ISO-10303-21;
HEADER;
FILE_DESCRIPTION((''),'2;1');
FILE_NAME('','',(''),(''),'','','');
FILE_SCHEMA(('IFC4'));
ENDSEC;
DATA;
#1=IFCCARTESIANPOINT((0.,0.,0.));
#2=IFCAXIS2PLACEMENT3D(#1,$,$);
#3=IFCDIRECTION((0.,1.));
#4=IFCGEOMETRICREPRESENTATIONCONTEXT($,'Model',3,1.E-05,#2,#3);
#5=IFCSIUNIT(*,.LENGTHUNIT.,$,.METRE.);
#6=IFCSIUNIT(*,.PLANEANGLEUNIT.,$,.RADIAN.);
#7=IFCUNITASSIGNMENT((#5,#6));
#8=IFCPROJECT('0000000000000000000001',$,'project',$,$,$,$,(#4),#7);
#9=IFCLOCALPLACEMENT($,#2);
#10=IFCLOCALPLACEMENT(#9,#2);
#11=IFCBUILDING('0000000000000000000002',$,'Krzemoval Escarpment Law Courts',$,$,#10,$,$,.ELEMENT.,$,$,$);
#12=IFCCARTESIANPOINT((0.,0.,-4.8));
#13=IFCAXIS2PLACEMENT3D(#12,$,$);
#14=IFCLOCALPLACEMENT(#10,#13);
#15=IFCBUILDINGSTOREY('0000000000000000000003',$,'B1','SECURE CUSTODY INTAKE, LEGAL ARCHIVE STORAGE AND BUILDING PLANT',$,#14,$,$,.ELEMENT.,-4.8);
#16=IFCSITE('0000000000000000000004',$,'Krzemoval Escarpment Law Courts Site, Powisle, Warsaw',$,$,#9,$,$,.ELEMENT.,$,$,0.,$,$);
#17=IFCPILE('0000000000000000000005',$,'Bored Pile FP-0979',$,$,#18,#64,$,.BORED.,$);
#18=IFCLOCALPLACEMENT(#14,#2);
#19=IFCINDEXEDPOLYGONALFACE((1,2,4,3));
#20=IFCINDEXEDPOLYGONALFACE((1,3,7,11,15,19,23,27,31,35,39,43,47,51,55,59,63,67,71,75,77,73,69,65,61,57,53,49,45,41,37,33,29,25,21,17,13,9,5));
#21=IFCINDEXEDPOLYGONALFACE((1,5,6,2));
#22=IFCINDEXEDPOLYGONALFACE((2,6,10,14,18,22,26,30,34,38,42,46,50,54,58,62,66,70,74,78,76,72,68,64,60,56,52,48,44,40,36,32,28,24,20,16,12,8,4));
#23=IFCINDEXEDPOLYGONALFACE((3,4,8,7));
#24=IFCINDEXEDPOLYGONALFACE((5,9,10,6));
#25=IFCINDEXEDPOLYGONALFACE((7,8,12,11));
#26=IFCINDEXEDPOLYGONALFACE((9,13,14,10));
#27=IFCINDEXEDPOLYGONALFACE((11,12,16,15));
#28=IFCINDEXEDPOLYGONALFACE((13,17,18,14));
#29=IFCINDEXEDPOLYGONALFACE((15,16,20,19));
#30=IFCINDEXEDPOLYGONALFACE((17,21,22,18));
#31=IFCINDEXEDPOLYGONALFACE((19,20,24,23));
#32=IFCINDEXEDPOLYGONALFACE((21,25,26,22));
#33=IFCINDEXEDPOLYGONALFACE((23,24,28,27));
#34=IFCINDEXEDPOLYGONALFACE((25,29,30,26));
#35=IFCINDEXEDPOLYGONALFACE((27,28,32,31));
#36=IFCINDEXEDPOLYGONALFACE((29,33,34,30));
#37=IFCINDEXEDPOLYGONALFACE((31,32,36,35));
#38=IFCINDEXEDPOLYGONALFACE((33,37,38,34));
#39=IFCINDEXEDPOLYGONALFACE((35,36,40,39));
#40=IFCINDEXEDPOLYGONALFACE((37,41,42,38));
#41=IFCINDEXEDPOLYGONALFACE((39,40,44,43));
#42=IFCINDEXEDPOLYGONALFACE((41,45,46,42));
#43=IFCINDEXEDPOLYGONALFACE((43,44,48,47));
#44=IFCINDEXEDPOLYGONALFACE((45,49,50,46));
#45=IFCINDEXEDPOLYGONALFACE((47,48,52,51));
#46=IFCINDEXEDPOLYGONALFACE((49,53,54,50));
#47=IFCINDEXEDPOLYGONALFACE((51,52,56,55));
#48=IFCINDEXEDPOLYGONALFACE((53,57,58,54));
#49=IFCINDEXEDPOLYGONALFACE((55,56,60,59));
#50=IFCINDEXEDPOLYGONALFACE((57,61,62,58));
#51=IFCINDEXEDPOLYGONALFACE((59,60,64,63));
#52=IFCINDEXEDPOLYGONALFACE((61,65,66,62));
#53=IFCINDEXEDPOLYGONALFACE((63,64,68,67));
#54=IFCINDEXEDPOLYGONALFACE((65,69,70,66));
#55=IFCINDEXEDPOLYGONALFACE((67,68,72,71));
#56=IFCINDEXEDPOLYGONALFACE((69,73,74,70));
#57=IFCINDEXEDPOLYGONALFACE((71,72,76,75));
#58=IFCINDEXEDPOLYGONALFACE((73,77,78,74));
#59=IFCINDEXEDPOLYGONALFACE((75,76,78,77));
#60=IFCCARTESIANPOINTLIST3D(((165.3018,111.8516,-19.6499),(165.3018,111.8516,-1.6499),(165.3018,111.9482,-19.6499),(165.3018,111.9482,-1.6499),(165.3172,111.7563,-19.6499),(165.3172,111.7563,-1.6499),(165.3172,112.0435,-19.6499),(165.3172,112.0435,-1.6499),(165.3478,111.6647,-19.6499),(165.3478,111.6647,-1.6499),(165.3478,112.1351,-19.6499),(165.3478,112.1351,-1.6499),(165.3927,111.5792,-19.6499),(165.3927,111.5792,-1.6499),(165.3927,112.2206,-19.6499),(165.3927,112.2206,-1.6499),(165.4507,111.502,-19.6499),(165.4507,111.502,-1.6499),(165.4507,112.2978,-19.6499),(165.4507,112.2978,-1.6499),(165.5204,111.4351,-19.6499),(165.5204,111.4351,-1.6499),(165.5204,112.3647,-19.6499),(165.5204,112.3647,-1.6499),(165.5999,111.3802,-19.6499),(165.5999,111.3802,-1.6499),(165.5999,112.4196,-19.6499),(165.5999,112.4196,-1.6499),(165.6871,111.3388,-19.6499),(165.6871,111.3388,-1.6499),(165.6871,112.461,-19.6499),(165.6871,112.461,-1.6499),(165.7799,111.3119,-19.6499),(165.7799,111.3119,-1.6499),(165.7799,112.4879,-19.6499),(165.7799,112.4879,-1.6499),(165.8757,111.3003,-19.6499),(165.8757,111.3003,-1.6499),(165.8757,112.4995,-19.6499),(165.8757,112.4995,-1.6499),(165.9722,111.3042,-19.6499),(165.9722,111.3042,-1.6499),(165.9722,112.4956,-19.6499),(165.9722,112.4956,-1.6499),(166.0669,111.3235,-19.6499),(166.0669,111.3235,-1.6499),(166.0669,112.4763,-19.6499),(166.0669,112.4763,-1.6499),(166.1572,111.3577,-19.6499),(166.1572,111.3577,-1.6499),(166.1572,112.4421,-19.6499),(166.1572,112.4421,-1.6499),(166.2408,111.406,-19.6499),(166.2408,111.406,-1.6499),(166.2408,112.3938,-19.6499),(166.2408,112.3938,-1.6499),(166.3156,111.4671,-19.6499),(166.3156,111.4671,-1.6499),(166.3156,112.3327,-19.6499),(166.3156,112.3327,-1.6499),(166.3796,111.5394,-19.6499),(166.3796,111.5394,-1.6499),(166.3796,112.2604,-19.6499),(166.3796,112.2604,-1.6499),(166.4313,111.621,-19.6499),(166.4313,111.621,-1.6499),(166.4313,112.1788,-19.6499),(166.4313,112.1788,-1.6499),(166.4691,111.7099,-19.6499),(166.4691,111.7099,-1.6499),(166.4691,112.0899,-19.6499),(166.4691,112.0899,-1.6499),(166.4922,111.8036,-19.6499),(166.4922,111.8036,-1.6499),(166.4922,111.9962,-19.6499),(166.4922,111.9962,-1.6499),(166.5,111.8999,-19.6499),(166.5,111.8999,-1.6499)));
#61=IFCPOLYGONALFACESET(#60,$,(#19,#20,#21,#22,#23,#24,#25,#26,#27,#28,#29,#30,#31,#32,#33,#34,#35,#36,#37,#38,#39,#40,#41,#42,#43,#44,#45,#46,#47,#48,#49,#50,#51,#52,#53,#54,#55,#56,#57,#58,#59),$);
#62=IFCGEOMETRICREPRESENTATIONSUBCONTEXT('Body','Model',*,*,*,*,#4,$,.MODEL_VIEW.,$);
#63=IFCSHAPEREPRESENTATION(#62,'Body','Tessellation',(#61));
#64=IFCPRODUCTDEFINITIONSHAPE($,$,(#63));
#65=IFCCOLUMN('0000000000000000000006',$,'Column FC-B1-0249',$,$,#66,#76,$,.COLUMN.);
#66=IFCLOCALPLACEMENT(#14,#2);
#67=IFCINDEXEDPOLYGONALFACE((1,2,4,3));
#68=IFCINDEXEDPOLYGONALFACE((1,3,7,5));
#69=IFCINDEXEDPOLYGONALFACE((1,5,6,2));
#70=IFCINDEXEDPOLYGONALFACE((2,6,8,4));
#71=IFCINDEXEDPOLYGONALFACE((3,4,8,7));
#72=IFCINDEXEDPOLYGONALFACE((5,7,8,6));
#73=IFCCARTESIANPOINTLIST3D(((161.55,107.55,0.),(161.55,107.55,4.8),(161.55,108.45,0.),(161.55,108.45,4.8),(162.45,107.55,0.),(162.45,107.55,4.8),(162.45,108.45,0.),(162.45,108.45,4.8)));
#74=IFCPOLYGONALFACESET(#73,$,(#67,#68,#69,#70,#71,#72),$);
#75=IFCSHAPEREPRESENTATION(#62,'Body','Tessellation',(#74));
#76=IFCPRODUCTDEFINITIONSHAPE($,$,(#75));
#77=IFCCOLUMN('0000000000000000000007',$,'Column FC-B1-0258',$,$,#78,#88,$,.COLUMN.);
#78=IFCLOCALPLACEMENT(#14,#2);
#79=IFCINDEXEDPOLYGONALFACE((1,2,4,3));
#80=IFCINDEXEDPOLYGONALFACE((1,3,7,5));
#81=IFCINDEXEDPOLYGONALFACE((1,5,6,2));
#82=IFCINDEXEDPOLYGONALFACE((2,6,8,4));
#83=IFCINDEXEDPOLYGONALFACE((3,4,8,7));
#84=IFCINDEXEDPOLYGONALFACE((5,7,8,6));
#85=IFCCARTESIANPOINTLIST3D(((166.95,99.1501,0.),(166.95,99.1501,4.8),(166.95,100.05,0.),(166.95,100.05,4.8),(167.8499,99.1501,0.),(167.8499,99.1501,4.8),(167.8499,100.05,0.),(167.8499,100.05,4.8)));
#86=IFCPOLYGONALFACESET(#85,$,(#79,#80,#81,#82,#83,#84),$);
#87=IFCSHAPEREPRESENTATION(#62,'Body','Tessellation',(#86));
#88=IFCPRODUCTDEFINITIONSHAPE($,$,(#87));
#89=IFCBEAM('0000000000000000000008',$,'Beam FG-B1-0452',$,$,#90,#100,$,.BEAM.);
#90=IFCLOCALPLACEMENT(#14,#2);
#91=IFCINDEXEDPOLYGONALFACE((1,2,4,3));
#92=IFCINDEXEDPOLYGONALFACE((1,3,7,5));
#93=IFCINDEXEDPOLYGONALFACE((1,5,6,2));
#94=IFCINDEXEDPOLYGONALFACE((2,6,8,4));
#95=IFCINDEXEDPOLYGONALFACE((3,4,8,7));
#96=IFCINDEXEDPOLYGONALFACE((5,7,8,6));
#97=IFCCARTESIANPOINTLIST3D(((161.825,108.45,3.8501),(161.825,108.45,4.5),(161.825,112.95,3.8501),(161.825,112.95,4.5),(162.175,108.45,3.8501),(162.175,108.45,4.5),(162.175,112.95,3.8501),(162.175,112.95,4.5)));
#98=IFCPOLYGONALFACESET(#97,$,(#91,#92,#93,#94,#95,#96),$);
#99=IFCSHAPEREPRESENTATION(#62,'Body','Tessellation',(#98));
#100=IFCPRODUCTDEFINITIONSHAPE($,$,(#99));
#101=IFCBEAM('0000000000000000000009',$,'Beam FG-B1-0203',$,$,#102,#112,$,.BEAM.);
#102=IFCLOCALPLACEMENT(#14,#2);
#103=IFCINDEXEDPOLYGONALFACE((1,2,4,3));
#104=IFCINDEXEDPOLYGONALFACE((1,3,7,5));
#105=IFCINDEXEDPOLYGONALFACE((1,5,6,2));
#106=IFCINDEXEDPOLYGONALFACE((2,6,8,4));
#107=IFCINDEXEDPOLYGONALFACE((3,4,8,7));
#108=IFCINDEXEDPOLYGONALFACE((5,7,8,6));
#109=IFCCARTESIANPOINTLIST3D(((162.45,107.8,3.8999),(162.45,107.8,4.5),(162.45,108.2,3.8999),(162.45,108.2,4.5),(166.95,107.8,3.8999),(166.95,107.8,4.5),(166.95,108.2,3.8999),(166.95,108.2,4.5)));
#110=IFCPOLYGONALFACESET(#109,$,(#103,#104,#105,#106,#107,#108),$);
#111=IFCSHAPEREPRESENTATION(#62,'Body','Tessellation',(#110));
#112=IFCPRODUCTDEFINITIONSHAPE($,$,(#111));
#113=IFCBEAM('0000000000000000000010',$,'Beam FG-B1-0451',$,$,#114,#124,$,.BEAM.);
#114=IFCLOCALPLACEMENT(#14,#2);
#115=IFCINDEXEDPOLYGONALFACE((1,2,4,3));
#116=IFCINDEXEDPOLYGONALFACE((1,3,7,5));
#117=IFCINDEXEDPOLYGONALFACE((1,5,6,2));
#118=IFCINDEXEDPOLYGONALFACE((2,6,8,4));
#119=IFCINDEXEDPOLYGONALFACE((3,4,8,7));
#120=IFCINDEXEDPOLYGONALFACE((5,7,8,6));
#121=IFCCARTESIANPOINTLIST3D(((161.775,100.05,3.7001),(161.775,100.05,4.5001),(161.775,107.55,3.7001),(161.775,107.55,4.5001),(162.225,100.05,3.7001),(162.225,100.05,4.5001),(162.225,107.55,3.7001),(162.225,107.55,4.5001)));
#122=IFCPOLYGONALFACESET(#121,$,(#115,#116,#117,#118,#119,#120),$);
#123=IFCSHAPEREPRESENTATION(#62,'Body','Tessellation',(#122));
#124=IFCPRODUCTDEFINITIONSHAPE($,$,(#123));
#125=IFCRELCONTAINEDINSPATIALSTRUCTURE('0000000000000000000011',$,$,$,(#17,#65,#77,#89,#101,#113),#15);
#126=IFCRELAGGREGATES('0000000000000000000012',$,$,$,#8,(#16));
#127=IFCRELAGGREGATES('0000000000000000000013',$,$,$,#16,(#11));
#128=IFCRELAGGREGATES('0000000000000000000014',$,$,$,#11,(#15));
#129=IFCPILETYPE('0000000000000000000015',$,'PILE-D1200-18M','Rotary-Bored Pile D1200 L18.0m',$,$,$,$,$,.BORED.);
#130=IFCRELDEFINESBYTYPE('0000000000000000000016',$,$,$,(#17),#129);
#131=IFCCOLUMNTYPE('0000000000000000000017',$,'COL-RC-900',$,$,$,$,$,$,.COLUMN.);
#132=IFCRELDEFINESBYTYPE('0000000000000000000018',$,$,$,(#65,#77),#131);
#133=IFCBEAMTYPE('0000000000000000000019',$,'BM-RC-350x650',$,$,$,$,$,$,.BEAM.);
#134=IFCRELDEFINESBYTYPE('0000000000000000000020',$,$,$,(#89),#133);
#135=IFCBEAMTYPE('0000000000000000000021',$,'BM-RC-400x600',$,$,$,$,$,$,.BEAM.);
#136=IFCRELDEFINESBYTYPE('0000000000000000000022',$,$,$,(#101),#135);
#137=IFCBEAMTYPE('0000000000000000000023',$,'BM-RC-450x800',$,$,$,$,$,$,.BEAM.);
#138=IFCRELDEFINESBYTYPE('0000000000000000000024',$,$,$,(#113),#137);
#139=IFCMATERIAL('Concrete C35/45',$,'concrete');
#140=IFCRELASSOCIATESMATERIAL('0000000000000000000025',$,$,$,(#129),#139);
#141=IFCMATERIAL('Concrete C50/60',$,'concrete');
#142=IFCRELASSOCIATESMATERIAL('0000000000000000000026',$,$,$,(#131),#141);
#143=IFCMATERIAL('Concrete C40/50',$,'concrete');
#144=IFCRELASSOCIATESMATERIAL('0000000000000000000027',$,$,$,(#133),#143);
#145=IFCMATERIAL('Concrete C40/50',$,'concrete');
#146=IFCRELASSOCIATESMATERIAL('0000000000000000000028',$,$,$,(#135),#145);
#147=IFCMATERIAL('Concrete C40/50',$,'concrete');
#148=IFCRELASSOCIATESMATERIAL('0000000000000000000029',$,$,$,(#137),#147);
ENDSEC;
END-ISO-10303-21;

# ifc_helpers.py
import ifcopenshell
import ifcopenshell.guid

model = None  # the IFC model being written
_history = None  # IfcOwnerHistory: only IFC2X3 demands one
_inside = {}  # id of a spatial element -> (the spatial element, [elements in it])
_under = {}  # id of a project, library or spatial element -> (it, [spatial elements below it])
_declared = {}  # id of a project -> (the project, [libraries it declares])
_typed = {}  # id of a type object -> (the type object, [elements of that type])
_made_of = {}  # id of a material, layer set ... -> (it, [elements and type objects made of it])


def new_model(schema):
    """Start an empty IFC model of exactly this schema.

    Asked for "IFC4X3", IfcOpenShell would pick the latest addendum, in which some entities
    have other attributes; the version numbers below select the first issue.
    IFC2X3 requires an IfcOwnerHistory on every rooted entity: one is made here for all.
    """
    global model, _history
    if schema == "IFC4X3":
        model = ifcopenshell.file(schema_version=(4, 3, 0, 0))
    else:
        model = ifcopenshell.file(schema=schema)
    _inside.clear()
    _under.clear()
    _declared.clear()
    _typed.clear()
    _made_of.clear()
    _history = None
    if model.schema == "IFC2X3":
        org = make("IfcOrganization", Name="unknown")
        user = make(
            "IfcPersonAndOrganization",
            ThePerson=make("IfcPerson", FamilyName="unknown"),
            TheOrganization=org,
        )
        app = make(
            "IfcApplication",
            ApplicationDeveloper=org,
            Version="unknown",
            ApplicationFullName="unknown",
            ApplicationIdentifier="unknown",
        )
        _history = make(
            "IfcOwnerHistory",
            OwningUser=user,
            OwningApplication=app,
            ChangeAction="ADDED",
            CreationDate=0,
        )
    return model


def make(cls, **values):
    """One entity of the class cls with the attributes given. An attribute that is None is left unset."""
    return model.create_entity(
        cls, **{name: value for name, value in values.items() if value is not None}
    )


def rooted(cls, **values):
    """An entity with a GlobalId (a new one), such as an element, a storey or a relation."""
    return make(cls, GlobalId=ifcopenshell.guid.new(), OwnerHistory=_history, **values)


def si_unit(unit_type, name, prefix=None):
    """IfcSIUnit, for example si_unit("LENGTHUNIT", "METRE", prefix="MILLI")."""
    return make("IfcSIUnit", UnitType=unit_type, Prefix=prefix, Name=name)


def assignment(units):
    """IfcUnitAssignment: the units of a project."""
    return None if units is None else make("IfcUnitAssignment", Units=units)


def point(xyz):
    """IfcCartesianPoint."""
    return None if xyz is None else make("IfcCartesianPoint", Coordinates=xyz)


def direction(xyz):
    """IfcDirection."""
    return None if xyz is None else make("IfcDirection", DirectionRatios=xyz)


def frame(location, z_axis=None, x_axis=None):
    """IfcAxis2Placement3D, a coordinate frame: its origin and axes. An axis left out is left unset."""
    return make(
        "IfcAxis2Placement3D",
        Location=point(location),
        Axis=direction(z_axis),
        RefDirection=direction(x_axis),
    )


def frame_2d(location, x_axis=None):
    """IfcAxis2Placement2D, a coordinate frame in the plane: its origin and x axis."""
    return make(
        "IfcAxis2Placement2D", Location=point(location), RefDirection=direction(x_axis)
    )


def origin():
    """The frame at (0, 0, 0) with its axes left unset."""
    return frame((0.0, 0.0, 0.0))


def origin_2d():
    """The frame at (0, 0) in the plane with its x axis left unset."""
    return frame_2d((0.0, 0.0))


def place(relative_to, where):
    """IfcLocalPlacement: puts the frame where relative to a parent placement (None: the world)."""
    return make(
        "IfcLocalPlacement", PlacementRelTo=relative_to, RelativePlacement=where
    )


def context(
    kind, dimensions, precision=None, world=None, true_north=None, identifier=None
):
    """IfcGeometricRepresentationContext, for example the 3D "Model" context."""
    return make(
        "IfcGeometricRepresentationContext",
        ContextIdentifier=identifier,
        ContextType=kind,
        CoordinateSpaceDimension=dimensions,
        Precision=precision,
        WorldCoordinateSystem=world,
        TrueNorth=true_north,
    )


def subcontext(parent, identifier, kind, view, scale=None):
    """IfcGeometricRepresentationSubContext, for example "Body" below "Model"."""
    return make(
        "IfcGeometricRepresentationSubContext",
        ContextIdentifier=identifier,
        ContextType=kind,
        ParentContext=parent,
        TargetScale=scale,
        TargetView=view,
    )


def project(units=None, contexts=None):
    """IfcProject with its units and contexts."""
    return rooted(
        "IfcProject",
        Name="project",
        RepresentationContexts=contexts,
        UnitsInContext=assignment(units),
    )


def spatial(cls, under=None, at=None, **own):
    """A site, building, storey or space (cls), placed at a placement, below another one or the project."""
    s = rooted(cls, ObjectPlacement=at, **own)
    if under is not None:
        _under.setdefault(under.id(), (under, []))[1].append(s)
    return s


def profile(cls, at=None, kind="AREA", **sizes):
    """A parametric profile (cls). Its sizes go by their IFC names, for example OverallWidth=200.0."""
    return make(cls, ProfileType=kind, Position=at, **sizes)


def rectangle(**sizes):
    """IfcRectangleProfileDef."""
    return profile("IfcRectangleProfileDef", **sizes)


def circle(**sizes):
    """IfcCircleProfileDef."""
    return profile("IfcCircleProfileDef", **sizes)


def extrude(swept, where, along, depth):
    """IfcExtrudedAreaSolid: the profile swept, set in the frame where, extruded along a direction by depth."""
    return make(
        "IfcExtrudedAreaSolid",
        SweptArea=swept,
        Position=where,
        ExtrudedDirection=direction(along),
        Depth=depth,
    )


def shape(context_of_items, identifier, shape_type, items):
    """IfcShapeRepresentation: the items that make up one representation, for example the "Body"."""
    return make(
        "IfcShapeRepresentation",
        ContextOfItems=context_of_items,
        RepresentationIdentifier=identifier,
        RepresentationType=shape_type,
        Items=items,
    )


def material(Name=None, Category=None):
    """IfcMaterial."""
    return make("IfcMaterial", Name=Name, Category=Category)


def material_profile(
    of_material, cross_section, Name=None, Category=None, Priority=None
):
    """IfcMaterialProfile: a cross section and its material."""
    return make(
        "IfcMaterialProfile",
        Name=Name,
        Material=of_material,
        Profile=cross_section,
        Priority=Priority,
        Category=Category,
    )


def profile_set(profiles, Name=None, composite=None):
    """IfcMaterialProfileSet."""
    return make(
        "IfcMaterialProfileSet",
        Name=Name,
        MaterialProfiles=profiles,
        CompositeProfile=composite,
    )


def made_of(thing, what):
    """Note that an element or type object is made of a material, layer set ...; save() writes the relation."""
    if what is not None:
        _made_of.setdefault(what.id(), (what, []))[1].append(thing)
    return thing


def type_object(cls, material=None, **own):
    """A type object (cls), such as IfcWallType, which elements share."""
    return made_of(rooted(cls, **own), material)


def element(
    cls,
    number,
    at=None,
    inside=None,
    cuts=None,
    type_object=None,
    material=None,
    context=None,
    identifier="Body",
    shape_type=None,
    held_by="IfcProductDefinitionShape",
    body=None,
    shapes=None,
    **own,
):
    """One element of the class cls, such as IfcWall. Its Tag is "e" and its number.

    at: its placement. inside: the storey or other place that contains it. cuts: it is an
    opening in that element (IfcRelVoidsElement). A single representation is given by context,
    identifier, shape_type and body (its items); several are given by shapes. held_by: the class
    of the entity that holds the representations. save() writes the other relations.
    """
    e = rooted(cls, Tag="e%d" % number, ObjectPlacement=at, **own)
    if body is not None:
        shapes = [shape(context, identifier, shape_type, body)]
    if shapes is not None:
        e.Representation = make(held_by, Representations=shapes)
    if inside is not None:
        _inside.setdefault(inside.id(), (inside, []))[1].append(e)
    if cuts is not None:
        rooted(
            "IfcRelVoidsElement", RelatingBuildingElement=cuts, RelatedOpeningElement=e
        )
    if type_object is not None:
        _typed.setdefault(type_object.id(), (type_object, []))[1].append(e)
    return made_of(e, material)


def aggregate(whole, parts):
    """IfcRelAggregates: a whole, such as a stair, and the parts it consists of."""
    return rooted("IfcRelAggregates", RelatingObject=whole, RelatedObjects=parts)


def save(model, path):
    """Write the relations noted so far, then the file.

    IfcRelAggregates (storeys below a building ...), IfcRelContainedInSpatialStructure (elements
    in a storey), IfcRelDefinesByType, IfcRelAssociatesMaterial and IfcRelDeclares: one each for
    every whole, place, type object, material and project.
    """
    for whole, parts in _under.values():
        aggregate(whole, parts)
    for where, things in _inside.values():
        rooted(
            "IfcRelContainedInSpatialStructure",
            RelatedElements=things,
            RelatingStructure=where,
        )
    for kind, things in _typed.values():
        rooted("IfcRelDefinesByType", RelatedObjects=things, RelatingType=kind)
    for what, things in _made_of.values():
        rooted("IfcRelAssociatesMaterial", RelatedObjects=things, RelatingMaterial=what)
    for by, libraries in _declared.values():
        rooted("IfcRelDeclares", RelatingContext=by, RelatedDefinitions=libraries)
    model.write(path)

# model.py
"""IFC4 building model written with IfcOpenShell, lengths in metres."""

from ifc_helpers import new_model, si_unit, direction, frame, origin, origin_2d, place, context, subcontext, project, spatial, rectangle, circle, extrude, material, material_profile, profile_set, type_object, element, save


model = new_model("IFC4")

# Units and contexts
model_context = context("Model", 3, precision=1e-05, world=origin(), true_north=direction((0.0, 1.0)))
body_context = subcontext(model_context, "Body", "Model", "MODEL_VIEW")
ifc_project = project(units=[si_unit("LENGTHUNIT", "METRE"), si_unit("PLANEANGLEUNIT", "RADIAN")], contexts=[model_context])

# Site, building, storey
site_placement = place(None, origin())
site = spatial("IfcSite", under=ifc_project, at=site_placement, Name="Krzemoval Escarpment Law Courts Site, Powisle, Warsaw", CompositionType="ELEMENT", RefElevation=0.0)
building_placement = place(site_placement, origin())
building = spatial("IfcBuilding", under=site, at=building_placement, Name="Krzemoval Escarpment Law Courts", CompositionType="ELEMENT")
storey_placement = place(building_placement, frame((0.0, 0.0, -4.8)))
storey = spatial("IfcBuildingStorey", under=building, at=storey_placement, Name="B1", Description="SECURE CUSTODY INTAKE, LEGAL ARCHIVE STORAGE AND BUILDING PLANT", CompositionType="ELEMENT", Elevation=-4.8)

# Pile
ifc_material_1 = material(Name="Concrete C35/45", Category="concrete")
ifc_material_profile_1 = material_profile(ifc_material_1, circle(Radius=0.6001, at=origin_2d()), Name="PILE D1200")
ifc_profile_set_1 = profile_set([ifc_material_profile_1], Name="Concrete C35/45")
pile_type = type_object("IfcPileType", Name="PILE-D1200-18M", Description="Rotary-Bored Pile D1200 L18.0m", PredefinedType="BORED", material=ifc_profile_set_1)
for number, where, z_axis, x_axis, name in (
    (1, (165.8999, 111.8999, -1.6499), (0.0, 0.0, -1.0), (1.0, 0.0, 0.0), "Bored Pile FP-0979"),
):
    element("IfcPile", number, at=place(storey_placement, frame(where, z_axis=z_axis, x_axis=x_axis)), inside=storey, type_object=pile_type, Name=name, PredefinedType="BORED", context=body_context, shape_type="SweptSolid", body=[
        extrude(circle(Radius=0.6001, at=origin_2d()), origin(), (0.0, 0.0, 1.0), 18.0),
    ])

# Columns
ifc_material_2 = material(Name="Concrete C50/60", Category="concrete")
ifc_material_profile_2 = material_profile(ifc_material_2, rectangle(XDim=0.8999, YDim=0.8999, at=origin_2d()), Name="RC 900x900")
ifc_profile_set_2 = profile_set([ifc_material_profile_2], Name="Concrete C50/60")
column_type = type_object("IfcColumnType", Name="COL-RC-900", PredefinedType="COLUMN", material=ifc_profile_set_2)
for number, where, z_axis, x_axis, name in (
    (2, (162.0, 108.0, 0.0), (0.0, 0.0, 1.0), (1.0, 0.0, 0.0), "Column FC-B1-0249"),
    (3, (167.3999, 99.6001, 0.0), (0.0, 0.0, 1.0), (1.0, 0.0, 0.0), "Column FC-B1-0258"),
):
    element("IfcColumn", number, at=place(storey_placement, frame(where, z_axis=z_axis, x_axis=x_axis)), inside=storey, type_object=column_type, Name=name, PredefinedType="COLUMN", context=body_context, shape_type="SweptSolid", body=[
        extrude(rectangle(XDim=0.8999, YDim=0.8999, at=origin_2d()), origin(), (0.0, 0.0, 1.0), 4.8),
    ])

# Beams
ifc_material_3 = material(Name="Concrete C40/50", Category="concrete")
ifc_material_profile_3 = material_profile(ifc_material_3, rectangle(XDim=0.3501, YDim=0.6499, at=origin_2d()), Name="RCB 350x650")
ifc_profile_set_3 = profile_set([ifc_material_profile_3], Name="Concrete C40/50")
beam_type_1 = type_object("IfcBeamType", Name="BM-RC-350x650", PredefinedType="BEAM", material=ifc_profile_set_3)
beam_1_placement = place(storey_placement, frame((162.0, 108.45, 4.175), z_axis=(0.0, 1.0, 0.0), x_axis=(-1.0, 0.0, 0.0)))
element("IfcBeam", 4, at=beam_1_placement, inside=storey, type_object=beam_type_1, Name="Beam FG-B1-0452", PredefinedType="BEAM", context=body_context, shape_type="SweptSolid", body=[
    extrude(rectangle(XDim=0.3501, YDim=0.6499, at=origin_2d()), origin(), (0.0, 0.0, 1.0), 4.5),
])
ifc_material_4 = material(Name="Concrete C40/50", Category="concrete")
ifc_material_profile_4 = material_profile(ifc_material_4, rectangle(XDim=0.3999, YDim=0.6001, at=origin_2d()), Name="RCB 400x600")
ifc_profile_set_4 = profile_set([ifc_material_profile_4], Name="Concrete C40/50")
beam_type_2 = type_object("IfcBeamType", Name="BM-RC-400x600", PredefinedType="BEAM", material=ifc_profile_set_4)
beam_2_placement = place(storey_placement, frame((162.45, 108.0, 4.2), z_axis=(1.0, 0.0, 0.0), x_axis=(0.0, 1.0, 0.0)))
element("IfcBeam", 5, at=beam_2_placement, inside=storey, type_object=beam_type_2, Name="Beam FG-B1-0203", PredefinedType="BEAM", context=body_context, shape_type="SweptSolid", body=[
    extrude(rectangle(XDim=0.3999, YDim=0.6001, at=origin_2d()), origin(), (0.0, 0.0, 1.0), 4.5),
])
ifc_material_5 = material(Name="Concrete C40/50", Category="concrete")
ifc_material_profile_5 = material_profile(ifc_material_5, rectangle(XDim=0.45, YDim=0.8, at=origin_2d()), Name="RCB 450x800")
ifc_profile_set_5 = profile_set([ifc_material_profile_5], Name="Concrete C40/50")
beam_type_3 = type_object("IfcBeamType", Name="BM-RC-450x800", PredefinedType="BEAM", material=ifc_profile_set_5)
beam_3_placement = place(storey_placement, frame((162.0, 100.05, 4.1001), z_axis=(0.0, 1.0, 0.0), x_axis=(-1.0, 0.0, 0.0)))
element("IfcBeam", 6, at=beam_3_placement, inside=storey, type_object=beam_type_3, Name="Beam FG-B1-0451", PredefinedType="BEAM", context=body_context, shape_type="SweptSolid", body=[
    extrude(rectangle(XDim=0.45, YDim=0.8, at=origin_2d()), origin(), (0.0, 0.0, 1.0), 7.5),
])

save(model, "model.ifc")
